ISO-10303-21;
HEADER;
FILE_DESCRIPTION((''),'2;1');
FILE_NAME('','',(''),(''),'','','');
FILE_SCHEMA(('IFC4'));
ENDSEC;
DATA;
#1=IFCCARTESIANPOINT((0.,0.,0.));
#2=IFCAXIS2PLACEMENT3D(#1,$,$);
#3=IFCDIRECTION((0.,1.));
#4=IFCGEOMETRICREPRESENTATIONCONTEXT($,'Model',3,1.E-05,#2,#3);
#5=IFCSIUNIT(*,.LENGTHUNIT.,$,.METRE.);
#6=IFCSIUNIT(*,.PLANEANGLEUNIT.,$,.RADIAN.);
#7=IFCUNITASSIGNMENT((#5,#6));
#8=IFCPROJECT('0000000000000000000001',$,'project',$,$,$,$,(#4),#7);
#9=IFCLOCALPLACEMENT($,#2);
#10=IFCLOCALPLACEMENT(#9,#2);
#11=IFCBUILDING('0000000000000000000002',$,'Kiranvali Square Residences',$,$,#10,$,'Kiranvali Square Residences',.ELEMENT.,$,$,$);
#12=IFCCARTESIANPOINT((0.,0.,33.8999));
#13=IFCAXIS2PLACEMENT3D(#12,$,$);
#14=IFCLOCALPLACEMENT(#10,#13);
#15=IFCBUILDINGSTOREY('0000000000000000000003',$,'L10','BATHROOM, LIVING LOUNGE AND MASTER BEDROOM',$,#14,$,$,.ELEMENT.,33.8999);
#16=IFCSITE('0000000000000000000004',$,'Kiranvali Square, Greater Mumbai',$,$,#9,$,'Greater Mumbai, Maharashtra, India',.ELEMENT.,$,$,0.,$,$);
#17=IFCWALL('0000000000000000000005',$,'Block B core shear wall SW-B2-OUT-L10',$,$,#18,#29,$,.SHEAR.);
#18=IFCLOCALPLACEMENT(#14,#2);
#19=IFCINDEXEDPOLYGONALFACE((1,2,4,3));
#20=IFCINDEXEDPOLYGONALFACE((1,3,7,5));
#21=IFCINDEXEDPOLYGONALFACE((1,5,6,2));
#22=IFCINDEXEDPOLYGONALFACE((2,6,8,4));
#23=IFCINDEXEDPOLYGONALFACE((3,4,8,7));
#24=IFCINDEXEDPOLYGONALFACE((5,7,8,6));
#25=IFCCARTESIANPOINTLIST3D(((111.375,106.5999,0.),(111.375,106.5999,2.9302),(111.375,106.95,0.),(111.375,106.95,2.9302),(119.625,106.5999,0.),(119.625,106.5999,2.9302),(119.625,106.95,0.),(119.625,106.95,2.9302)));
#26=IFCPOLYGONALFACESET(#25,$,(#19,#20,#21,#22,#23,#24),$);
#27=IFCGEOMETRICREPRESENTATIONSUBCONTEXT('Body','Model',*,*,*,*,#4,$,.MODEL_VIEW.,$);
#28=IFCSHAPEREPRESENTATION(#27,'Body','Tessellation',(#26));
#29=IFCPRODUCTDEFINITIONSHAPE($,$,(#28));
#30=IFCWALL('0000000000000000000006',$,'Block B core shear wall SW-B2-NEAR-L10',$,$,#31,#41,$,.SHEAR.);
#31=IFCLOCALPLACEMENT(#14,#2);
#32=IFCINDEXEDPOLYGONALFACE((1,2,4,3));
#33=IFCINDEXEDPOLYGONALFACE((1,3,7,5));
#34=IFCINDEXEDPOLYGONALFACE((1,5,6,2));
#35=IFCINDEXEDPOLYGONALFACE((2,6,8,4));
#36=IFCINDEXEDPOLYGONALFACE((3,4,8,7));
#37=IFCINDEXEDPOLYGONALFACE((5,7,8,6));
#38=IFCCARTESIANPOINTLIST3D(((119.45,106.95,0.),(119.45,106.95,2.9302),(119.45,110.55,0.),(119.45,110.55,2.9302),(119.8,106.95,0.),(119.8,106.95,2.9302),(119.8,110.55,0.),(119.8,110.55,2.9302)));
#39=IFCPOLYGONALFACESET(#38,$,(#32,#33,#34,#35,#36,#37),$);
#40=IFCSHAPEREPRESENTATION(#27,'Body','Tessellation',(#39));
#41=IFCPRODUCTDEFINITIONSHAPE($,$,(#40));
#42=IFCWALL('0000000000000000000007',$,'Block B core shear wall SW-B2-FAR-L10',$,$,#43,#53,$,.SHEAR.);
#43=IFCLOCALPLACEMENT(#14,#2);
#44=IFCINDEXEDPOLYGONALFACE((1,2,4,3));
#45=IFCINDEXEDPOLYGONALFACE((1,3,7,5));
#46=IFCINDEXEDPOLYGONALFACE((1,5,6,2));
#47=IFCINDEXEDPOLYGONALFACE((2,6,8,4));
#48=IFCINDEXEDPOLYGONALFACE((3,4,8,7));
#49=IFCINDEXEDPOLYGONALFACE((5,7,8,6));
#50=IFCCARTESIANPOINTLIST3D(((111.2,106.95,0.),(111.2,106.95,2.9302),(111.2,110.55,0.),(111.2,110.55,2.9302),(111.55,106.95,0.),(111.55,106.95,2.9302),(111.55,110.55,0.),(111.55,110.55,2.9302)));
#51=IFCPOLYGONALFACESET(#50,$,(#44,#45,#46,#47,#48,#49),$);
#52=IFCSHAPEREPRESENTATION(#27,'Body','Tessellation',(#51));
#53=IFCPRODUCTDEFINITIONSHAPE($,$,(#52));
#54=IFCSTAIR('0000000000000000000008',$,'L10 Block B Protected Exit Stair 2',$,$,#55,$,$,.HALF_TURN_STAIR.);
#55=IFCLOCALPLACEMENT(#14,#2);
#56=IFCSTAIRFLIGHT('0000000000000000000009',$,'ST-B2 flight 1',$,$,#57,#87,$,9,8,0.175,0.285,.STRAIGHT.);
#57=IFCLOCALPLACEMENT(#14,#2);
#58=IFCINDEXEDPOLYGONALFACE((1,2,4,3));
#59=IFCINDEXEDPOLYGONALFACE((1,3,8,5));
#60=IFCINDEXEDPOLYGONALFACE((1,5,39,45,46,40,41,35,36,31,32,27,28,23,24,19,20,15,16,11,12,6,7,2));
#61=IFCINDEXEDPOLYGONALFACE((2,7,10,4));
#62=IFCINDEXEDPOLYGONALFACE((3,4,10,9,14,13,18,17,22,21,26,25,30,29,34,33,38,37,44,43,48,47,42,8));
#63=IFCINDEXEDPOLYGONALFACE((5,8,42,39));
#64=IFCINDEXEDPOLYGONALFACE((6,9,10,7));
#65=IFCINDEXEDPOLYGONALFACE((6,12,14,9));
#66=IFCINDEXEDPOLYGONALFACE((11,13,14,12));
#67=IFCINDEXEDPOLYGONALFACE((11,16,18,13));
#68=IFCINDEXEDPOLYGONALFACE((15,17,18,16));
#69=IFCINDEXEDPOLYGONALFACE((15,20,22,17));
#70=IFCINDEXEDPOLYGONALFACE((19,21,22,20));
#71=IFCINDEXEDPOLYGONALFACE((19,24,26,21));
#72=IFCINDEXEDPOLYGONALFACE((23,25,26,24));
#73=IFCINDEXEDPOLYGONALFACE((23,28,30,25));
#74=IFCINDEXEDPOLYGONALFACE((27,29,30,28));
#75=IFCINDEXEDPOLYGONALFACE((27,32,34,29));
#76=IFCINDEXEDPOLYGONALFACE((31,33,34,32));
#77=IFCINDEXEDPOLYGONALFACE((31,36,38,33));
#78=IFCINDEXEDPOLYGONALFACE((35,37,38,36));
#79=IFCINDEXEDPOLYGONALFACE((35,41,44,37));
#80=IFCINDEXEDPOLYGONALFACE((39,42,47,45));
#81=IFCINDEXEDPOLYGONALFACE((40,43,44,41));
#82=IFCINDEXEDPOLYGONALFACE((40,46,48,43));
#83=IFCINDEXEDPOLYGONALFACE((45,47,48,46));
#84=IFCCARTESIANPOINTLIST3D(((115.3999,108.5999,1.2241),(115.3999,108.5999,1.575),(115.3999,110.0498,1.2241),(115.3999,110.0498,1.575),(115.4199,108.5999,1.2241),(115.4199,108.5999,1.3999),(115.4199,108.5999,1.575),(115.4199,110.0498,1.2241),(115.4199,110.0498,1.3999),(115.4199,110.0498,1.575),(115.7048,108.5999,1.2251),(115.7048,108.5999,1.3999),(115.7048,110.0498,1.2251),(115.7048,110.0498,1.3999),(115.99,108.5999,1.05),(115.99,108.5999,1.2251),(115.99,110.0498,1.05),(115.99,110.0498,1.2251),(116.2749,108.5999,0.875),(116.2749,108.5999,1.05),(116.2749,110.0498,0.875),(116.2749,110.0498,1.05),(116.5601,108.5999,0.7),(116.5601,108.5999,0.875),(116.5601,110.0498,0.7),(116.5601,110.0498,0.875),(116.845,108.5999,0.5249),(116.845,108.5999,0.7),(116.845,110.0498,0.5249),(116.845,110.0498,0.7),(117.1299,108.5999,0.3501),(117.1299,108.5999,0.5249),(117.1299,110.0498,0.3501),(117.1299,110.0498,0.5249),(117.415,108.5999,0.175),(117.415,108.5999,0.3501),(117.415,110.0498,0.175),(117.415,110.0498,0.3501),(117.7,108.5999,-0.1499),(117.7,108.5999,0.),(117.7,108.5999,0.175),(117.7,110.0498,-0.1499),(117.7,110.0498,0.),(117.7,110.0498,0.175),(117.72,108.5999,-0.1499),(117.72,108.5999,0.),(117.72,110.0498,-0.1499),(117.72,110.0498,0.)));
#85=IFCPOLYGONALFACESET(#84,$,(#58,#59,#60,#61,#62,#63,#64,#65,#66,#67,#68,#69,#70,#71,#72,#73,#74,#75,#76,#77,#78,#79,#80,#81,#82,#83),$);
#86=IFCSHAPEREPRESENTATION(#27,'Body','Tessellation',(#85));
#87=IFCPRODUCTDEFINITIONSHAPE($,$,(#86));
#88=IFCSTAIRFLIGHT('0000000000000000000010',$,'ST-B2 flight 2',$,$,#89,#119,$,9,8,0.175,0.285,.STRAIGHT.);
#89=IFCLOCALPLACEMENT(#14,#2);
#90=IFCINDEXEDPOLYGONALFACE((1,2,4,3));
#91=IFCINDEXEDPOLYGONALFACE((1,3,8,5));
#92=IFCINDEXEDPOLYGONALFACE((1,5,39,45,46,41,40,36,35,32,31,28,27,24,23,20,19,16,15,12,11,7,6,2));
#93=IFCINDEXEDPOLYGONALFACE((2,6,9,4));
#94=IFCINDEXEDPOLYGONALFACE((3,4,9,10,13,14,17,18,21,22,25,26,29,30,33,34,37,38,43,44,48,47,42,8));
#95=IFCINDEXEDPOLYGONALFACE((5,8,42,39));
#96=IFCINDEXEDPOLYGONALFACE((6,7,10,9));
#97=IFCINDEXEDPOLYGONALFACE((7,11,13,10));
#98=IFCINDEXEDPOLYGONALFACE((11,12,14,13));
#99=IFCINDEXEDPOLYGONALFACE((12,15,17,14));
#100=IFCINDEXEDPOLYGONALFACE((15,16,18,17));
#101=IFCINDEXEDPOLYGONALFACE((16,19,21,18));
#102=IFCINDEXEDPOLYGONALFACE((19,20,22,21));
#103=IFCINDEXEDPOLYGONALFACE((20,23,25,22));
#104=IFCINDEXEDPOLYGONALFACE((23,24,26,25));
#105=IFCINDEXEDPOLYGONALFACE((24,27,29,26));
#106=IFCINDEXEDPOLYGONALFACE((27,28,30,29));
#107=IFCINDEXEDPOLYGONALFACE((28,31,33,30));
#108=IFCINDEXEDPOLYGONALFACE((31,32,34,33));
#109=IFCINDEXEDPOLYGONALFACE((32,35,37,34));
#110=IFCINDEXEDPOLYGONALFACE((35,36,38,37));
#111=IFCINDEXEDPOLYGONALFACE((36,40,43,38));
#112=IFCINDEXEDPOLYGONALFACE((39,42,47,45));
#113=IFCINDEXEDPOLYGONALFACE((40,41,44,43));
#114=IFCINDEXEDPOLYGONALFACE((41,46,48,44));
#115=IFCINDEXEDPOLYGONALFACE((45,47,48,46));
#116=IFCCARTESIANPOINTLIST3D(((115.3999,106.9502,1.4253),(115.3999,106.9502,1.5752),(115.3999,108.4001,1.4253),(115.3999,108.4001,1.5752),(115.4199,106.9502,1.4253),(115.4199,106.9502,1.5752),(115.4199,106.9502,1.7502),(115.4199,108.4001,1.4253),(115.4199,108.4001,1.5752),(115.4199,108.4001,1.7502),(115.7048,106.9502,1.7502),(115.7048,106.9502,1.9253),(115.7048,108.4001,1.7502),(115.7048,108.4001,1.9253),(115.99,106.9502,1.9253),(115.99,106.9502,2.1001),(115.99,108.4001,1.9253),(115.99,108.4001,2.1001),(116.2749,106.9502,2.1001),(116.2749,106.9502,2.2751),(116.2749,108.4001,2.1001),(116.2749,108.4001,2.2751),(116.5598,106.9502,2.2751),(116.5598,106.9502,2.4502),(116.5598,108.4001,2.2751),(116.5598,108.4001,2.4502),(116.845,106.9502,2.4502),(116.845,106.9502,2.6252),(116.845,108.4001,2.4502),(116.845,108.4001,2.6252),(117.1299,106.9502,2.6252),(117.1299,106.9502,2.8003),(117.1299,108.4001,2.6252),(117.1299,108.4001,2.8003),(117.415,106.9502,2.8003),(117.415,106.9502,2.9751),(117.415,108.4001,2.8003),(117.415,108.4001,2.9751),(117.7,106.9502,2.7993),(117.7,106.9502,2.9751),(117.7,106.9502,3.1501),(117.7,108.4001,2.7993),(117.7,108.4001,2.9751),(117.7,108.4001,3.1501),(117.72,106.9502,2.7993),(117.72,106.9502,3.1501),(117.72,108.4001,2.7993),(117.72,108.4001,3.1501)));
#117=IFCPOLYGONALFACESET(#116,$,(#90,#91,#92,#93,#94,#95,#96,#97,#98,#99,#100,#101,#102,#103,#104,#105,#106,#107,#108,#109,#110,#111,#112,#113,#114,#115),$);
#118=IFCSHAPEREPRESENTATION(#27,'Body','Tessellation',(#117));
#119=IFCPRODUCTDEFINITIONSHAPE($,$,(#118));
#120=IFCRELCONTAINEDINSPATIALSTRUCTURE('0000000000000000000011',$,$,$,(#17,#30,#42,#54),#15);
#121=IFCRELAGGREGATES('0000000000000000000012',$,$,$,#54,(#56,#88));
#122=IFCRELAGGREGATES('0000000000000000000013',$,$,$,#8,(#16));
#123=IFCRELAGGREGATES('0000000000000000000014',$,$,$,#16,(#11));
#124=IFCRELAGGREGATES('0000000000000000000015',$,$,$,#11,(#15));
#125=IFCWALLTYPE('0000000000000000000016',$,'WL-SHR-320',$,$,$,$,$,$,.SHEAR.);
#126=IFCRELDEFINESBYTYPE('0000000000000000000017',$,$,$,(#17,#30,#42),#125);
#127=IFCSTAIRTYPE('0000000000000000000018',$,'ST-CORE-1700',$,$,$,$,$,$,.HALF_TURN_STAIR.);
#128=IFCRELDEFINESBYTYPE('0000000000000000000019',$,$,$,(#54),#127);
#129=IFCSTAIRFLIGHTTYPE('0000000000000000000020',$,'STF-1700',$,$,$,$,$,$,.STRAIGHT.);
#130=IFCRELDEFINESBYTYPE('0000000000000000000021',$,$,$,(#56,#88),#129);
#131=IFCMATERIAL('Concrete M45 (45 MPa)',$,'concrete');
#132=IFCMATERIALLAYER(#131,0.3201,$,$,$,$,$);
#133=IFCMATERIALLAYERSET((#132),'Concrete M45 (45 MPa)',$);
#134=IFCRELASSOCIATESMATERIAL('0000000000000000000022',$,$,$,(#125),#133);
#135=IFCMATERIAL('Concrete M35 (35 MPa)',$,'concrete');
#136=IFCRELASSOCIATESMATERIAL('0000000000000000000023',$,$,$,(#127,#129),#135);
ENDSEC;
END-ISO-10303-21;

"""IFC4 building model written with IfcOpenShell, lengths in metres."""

from ifc_helpers import new_model, si_unit, direction, frame, frame_2d, origin, place, context, subcontext, project, spatial, polyline, rectangle, outline, extrude, material, layer, layer_set, type_object, element, aggregate, save


model = new_model("IFC4")

# Units and contexts
model_context = context("Model", 3, precision=1e-05, world=origin(), true_north=direction((0.0, 1.0)))
body_context = subcontext(model_context, "Body", "Model", "MODEL_VIEW")
ifc_project = project(units=[si_unit("LENGTHUNIT", "METRE"), si_unit("PLANEANGLEUNIT", "RADIAN")], contexts=[model_context])

# Site, building, storey
site_placement = place(None, origin())
site = spatial("IfcSite", under=ifc_project, at=site_placement, Name="Kiranvali Square, Greater Mumbai", LongName="Greater Mumbai, Maharashtra, India", CompositionType="ELEMENT", RefElevation=0.0)
building_placement = place(site_placement, origin())
building = spatial("IfcBuilding", under=site, at=building_placement, Name="Kiranvali Square Residences", LongName="Kiranvali Square Residences", CompositionType="ELEMENT")
storey_placement = place(building_placement, frame((0.0, 0.0, 33.8999)))
storey = spatial("IfcBuildingStorey", under=building, at=storey_placement, Name="L10", Description="BATHROOM, LIVING LOUNGE AND MASTER BEDROOM", CompositionType="ELEMENT", Elevation=33.8999)

# Wall
ifc_material_1 = material(Name="Concrete M45 (45 MPa)", Category="concrete")
ifc_layer_1 = layer(ifc_material_1, 0.3201)
ifc_layer_set_1 = layer_set([ifc_layer_1], Name="Concrete M45 (45 MPa)")
wall_type_1 = type_object("IfcWallType", Name="WL-SHR-320", PredefinedType="SHEAR", material=ifc_layer_set_1)
wall_1_placement = place(storey_placement, frame((119.625, 106.7749, 0.0), z_axis=(0.0, 0.0, 1.0), x_axis=(-1.0, 0.0, 0.0)))
element("IfcWall", 1, at=wall_1_placement, inside=storey, type_object=wall_type_1, Name="Block B core shear wall SW-B2-OUT-L10", PredefinedType="SHEAR", context=body_context, shape_type="SweptSolid", body=[
    extrude(rectangle(XDim=8.25, YDim=0.3501, at=frame_2d((4.125, 0.0))), origin(), (0.0, 0.0, 1.0), 2.9302),
])

# Walls
for number, where, z_axis, x_axis, name in (
    (2, (119.625, 106.95, 0.0), (0.0, 0.0, 1.0), (0.0, 1.0, 0.0), "Block B core shear wall SW-B2-NEAR-L10"),
    (3, (111.375, 106.95, 0.0), (0.0, 0.0, 1.0), (0.0, 1.0, 0.0), "Block B core shear wall SW-B2-FAR-L10"),
):
    element("IfcWall", number, at=place(storey_placement, frame(where, z_axis=z_axis, x_axis=x_axis)), inside=storey, type_object=wall_type_1, Name=name, PredefinedType="SHEAR", context=body_context, shape_type="SweptSolid", body=[
        extrude(rectangle(XDim=3.6001, YDim=0.3501, at=frame_2d((1.8, 0.0))), origin(), (0.0, 0.0, 1.0), 2.9302),
    ])

# Stair, stair flights
ifc_material_2 = material(Name="Concrete M35 (35 MPa)", Category="concrete")
stair_type = type_object("IfcStairType", Name="ST-CORE-1700", PredefinedType="HALF_TURN_STAIR", material=ifc_material_2)
stair_placement = place(storey_placement, origin())
stair = element("IfcStair", 4, at=stair_placement, inside=storey, type_object=stair_type, Name="L10 Block B Protected Exit Stair 2", PredefinedType="HALF_TURN_STAIR")
stair_flight_type = type_object("IfcStairFlightType", Name="STF-1700", PredefinedType="STRAIGHT", material=ifc_material_2)
stair_flight_1_placement = place(storey_placement, frame((117.7, 109.325, 0.0), z_axis=(0.0, 0.0, 1.0), x_axis=(-1.0, 0.0, 0.0)))
stair_flight_1 = element("IfcStairFlight", 5, at=stair_flight_1_placement, type_object=stair_flight_type, Name="ST-B2 flight 1", NumberOfRisers=9, NumberOfTreads=8, PredefinedType="STRAIGHT", RiserHeight=0.175, TreadLength=0.285, context=body_context, shape_type="SweptSolid", body=[
    extrude(outline(polyline([(-0.02, -0.1499), (-0.02, 0.0), (0.0, 0.0), (0.0, 0.175), (0.2849, 0.175), (0.2849, 0.3501), (0.5701, 0.3501), (0.5701, 0.5249), (0.855, 0.5249), (0.855, 0.7), (1.1399, 0.7), (1.1399, 0.875), (1.425, 0.875), (1.425, 1.05), (1.71, 1.05), (1.71, 1.2251), (1.9951, 1.2251), (1.9951, 1.3999), (2.28, 1.3999), (2.28, 1.575), (2.3, 1.575), (2.3, 1.2241), (2.28, 1.2241), (0.0, -0.1499), (-0.02, -0.1499)])), frame((0.0, 0.7251, 0.0), z_axis=(0.0, -1.0, 0.0), x_axis=(1.0, 0.0, 0.0)), (0.0, 0.0, 1.0), 1.45),
])
stair_flight_2_placement = place(storey_placement, frame((115.4199, 107.675, 1.5752), z_axis=(0.0, 0.0, 1.0), x_axis=(1.0, 0.0, 0.0)))
stair_flight_2 = element("IfcStairFlight", 6, at=stair_flight_2_placement, type_object=stair_flight_type, Name="ST-B2 flight 2", NumberOfRisers=9, NumberOfTreads=8, PredefinedType="STRAIGHT", RiserHeight=0.175, TreadLength=0.285, context=body_context, shape_type="SweptSolid", body=[
    extrude(outline(polyline([(-0.02, -0.1499), (-0.02, 0.0), (0.0, 0.0), (0.0, 0.175), (0.2849, 0.175), (0.2849, 0.3501), (0.5701, 0.3501), (0.5701, 0.5249), (0.855, 0.5249), (0.855, 0.7), (1.1399, 0.7), (1.1399, 0.875), (1.425, 0.875), (1.425, 1.05), (1.71, 1.05), (1.71, 1.2251), (1.9951, 1.2251), (1.9951, 1.3999), (2.28, 1.3999), (2.28, 1.575), (2.3, 1.575), (2.3, 1.2241), (2.28, 1.2241), (0.0, -0.1499), (-0.02, -0.1499)])), frame((0.0, 0.7251, 0.0), z_axis=(0.0, -1.0, 0.0), x_axis=(1.0, 0.0, 0.0)), (0.0, 0.0, 1.0), 1.45),
])
aggregate(stair, [stair_flight_1, stair_flight_2])

save(model, "model.ifc")
